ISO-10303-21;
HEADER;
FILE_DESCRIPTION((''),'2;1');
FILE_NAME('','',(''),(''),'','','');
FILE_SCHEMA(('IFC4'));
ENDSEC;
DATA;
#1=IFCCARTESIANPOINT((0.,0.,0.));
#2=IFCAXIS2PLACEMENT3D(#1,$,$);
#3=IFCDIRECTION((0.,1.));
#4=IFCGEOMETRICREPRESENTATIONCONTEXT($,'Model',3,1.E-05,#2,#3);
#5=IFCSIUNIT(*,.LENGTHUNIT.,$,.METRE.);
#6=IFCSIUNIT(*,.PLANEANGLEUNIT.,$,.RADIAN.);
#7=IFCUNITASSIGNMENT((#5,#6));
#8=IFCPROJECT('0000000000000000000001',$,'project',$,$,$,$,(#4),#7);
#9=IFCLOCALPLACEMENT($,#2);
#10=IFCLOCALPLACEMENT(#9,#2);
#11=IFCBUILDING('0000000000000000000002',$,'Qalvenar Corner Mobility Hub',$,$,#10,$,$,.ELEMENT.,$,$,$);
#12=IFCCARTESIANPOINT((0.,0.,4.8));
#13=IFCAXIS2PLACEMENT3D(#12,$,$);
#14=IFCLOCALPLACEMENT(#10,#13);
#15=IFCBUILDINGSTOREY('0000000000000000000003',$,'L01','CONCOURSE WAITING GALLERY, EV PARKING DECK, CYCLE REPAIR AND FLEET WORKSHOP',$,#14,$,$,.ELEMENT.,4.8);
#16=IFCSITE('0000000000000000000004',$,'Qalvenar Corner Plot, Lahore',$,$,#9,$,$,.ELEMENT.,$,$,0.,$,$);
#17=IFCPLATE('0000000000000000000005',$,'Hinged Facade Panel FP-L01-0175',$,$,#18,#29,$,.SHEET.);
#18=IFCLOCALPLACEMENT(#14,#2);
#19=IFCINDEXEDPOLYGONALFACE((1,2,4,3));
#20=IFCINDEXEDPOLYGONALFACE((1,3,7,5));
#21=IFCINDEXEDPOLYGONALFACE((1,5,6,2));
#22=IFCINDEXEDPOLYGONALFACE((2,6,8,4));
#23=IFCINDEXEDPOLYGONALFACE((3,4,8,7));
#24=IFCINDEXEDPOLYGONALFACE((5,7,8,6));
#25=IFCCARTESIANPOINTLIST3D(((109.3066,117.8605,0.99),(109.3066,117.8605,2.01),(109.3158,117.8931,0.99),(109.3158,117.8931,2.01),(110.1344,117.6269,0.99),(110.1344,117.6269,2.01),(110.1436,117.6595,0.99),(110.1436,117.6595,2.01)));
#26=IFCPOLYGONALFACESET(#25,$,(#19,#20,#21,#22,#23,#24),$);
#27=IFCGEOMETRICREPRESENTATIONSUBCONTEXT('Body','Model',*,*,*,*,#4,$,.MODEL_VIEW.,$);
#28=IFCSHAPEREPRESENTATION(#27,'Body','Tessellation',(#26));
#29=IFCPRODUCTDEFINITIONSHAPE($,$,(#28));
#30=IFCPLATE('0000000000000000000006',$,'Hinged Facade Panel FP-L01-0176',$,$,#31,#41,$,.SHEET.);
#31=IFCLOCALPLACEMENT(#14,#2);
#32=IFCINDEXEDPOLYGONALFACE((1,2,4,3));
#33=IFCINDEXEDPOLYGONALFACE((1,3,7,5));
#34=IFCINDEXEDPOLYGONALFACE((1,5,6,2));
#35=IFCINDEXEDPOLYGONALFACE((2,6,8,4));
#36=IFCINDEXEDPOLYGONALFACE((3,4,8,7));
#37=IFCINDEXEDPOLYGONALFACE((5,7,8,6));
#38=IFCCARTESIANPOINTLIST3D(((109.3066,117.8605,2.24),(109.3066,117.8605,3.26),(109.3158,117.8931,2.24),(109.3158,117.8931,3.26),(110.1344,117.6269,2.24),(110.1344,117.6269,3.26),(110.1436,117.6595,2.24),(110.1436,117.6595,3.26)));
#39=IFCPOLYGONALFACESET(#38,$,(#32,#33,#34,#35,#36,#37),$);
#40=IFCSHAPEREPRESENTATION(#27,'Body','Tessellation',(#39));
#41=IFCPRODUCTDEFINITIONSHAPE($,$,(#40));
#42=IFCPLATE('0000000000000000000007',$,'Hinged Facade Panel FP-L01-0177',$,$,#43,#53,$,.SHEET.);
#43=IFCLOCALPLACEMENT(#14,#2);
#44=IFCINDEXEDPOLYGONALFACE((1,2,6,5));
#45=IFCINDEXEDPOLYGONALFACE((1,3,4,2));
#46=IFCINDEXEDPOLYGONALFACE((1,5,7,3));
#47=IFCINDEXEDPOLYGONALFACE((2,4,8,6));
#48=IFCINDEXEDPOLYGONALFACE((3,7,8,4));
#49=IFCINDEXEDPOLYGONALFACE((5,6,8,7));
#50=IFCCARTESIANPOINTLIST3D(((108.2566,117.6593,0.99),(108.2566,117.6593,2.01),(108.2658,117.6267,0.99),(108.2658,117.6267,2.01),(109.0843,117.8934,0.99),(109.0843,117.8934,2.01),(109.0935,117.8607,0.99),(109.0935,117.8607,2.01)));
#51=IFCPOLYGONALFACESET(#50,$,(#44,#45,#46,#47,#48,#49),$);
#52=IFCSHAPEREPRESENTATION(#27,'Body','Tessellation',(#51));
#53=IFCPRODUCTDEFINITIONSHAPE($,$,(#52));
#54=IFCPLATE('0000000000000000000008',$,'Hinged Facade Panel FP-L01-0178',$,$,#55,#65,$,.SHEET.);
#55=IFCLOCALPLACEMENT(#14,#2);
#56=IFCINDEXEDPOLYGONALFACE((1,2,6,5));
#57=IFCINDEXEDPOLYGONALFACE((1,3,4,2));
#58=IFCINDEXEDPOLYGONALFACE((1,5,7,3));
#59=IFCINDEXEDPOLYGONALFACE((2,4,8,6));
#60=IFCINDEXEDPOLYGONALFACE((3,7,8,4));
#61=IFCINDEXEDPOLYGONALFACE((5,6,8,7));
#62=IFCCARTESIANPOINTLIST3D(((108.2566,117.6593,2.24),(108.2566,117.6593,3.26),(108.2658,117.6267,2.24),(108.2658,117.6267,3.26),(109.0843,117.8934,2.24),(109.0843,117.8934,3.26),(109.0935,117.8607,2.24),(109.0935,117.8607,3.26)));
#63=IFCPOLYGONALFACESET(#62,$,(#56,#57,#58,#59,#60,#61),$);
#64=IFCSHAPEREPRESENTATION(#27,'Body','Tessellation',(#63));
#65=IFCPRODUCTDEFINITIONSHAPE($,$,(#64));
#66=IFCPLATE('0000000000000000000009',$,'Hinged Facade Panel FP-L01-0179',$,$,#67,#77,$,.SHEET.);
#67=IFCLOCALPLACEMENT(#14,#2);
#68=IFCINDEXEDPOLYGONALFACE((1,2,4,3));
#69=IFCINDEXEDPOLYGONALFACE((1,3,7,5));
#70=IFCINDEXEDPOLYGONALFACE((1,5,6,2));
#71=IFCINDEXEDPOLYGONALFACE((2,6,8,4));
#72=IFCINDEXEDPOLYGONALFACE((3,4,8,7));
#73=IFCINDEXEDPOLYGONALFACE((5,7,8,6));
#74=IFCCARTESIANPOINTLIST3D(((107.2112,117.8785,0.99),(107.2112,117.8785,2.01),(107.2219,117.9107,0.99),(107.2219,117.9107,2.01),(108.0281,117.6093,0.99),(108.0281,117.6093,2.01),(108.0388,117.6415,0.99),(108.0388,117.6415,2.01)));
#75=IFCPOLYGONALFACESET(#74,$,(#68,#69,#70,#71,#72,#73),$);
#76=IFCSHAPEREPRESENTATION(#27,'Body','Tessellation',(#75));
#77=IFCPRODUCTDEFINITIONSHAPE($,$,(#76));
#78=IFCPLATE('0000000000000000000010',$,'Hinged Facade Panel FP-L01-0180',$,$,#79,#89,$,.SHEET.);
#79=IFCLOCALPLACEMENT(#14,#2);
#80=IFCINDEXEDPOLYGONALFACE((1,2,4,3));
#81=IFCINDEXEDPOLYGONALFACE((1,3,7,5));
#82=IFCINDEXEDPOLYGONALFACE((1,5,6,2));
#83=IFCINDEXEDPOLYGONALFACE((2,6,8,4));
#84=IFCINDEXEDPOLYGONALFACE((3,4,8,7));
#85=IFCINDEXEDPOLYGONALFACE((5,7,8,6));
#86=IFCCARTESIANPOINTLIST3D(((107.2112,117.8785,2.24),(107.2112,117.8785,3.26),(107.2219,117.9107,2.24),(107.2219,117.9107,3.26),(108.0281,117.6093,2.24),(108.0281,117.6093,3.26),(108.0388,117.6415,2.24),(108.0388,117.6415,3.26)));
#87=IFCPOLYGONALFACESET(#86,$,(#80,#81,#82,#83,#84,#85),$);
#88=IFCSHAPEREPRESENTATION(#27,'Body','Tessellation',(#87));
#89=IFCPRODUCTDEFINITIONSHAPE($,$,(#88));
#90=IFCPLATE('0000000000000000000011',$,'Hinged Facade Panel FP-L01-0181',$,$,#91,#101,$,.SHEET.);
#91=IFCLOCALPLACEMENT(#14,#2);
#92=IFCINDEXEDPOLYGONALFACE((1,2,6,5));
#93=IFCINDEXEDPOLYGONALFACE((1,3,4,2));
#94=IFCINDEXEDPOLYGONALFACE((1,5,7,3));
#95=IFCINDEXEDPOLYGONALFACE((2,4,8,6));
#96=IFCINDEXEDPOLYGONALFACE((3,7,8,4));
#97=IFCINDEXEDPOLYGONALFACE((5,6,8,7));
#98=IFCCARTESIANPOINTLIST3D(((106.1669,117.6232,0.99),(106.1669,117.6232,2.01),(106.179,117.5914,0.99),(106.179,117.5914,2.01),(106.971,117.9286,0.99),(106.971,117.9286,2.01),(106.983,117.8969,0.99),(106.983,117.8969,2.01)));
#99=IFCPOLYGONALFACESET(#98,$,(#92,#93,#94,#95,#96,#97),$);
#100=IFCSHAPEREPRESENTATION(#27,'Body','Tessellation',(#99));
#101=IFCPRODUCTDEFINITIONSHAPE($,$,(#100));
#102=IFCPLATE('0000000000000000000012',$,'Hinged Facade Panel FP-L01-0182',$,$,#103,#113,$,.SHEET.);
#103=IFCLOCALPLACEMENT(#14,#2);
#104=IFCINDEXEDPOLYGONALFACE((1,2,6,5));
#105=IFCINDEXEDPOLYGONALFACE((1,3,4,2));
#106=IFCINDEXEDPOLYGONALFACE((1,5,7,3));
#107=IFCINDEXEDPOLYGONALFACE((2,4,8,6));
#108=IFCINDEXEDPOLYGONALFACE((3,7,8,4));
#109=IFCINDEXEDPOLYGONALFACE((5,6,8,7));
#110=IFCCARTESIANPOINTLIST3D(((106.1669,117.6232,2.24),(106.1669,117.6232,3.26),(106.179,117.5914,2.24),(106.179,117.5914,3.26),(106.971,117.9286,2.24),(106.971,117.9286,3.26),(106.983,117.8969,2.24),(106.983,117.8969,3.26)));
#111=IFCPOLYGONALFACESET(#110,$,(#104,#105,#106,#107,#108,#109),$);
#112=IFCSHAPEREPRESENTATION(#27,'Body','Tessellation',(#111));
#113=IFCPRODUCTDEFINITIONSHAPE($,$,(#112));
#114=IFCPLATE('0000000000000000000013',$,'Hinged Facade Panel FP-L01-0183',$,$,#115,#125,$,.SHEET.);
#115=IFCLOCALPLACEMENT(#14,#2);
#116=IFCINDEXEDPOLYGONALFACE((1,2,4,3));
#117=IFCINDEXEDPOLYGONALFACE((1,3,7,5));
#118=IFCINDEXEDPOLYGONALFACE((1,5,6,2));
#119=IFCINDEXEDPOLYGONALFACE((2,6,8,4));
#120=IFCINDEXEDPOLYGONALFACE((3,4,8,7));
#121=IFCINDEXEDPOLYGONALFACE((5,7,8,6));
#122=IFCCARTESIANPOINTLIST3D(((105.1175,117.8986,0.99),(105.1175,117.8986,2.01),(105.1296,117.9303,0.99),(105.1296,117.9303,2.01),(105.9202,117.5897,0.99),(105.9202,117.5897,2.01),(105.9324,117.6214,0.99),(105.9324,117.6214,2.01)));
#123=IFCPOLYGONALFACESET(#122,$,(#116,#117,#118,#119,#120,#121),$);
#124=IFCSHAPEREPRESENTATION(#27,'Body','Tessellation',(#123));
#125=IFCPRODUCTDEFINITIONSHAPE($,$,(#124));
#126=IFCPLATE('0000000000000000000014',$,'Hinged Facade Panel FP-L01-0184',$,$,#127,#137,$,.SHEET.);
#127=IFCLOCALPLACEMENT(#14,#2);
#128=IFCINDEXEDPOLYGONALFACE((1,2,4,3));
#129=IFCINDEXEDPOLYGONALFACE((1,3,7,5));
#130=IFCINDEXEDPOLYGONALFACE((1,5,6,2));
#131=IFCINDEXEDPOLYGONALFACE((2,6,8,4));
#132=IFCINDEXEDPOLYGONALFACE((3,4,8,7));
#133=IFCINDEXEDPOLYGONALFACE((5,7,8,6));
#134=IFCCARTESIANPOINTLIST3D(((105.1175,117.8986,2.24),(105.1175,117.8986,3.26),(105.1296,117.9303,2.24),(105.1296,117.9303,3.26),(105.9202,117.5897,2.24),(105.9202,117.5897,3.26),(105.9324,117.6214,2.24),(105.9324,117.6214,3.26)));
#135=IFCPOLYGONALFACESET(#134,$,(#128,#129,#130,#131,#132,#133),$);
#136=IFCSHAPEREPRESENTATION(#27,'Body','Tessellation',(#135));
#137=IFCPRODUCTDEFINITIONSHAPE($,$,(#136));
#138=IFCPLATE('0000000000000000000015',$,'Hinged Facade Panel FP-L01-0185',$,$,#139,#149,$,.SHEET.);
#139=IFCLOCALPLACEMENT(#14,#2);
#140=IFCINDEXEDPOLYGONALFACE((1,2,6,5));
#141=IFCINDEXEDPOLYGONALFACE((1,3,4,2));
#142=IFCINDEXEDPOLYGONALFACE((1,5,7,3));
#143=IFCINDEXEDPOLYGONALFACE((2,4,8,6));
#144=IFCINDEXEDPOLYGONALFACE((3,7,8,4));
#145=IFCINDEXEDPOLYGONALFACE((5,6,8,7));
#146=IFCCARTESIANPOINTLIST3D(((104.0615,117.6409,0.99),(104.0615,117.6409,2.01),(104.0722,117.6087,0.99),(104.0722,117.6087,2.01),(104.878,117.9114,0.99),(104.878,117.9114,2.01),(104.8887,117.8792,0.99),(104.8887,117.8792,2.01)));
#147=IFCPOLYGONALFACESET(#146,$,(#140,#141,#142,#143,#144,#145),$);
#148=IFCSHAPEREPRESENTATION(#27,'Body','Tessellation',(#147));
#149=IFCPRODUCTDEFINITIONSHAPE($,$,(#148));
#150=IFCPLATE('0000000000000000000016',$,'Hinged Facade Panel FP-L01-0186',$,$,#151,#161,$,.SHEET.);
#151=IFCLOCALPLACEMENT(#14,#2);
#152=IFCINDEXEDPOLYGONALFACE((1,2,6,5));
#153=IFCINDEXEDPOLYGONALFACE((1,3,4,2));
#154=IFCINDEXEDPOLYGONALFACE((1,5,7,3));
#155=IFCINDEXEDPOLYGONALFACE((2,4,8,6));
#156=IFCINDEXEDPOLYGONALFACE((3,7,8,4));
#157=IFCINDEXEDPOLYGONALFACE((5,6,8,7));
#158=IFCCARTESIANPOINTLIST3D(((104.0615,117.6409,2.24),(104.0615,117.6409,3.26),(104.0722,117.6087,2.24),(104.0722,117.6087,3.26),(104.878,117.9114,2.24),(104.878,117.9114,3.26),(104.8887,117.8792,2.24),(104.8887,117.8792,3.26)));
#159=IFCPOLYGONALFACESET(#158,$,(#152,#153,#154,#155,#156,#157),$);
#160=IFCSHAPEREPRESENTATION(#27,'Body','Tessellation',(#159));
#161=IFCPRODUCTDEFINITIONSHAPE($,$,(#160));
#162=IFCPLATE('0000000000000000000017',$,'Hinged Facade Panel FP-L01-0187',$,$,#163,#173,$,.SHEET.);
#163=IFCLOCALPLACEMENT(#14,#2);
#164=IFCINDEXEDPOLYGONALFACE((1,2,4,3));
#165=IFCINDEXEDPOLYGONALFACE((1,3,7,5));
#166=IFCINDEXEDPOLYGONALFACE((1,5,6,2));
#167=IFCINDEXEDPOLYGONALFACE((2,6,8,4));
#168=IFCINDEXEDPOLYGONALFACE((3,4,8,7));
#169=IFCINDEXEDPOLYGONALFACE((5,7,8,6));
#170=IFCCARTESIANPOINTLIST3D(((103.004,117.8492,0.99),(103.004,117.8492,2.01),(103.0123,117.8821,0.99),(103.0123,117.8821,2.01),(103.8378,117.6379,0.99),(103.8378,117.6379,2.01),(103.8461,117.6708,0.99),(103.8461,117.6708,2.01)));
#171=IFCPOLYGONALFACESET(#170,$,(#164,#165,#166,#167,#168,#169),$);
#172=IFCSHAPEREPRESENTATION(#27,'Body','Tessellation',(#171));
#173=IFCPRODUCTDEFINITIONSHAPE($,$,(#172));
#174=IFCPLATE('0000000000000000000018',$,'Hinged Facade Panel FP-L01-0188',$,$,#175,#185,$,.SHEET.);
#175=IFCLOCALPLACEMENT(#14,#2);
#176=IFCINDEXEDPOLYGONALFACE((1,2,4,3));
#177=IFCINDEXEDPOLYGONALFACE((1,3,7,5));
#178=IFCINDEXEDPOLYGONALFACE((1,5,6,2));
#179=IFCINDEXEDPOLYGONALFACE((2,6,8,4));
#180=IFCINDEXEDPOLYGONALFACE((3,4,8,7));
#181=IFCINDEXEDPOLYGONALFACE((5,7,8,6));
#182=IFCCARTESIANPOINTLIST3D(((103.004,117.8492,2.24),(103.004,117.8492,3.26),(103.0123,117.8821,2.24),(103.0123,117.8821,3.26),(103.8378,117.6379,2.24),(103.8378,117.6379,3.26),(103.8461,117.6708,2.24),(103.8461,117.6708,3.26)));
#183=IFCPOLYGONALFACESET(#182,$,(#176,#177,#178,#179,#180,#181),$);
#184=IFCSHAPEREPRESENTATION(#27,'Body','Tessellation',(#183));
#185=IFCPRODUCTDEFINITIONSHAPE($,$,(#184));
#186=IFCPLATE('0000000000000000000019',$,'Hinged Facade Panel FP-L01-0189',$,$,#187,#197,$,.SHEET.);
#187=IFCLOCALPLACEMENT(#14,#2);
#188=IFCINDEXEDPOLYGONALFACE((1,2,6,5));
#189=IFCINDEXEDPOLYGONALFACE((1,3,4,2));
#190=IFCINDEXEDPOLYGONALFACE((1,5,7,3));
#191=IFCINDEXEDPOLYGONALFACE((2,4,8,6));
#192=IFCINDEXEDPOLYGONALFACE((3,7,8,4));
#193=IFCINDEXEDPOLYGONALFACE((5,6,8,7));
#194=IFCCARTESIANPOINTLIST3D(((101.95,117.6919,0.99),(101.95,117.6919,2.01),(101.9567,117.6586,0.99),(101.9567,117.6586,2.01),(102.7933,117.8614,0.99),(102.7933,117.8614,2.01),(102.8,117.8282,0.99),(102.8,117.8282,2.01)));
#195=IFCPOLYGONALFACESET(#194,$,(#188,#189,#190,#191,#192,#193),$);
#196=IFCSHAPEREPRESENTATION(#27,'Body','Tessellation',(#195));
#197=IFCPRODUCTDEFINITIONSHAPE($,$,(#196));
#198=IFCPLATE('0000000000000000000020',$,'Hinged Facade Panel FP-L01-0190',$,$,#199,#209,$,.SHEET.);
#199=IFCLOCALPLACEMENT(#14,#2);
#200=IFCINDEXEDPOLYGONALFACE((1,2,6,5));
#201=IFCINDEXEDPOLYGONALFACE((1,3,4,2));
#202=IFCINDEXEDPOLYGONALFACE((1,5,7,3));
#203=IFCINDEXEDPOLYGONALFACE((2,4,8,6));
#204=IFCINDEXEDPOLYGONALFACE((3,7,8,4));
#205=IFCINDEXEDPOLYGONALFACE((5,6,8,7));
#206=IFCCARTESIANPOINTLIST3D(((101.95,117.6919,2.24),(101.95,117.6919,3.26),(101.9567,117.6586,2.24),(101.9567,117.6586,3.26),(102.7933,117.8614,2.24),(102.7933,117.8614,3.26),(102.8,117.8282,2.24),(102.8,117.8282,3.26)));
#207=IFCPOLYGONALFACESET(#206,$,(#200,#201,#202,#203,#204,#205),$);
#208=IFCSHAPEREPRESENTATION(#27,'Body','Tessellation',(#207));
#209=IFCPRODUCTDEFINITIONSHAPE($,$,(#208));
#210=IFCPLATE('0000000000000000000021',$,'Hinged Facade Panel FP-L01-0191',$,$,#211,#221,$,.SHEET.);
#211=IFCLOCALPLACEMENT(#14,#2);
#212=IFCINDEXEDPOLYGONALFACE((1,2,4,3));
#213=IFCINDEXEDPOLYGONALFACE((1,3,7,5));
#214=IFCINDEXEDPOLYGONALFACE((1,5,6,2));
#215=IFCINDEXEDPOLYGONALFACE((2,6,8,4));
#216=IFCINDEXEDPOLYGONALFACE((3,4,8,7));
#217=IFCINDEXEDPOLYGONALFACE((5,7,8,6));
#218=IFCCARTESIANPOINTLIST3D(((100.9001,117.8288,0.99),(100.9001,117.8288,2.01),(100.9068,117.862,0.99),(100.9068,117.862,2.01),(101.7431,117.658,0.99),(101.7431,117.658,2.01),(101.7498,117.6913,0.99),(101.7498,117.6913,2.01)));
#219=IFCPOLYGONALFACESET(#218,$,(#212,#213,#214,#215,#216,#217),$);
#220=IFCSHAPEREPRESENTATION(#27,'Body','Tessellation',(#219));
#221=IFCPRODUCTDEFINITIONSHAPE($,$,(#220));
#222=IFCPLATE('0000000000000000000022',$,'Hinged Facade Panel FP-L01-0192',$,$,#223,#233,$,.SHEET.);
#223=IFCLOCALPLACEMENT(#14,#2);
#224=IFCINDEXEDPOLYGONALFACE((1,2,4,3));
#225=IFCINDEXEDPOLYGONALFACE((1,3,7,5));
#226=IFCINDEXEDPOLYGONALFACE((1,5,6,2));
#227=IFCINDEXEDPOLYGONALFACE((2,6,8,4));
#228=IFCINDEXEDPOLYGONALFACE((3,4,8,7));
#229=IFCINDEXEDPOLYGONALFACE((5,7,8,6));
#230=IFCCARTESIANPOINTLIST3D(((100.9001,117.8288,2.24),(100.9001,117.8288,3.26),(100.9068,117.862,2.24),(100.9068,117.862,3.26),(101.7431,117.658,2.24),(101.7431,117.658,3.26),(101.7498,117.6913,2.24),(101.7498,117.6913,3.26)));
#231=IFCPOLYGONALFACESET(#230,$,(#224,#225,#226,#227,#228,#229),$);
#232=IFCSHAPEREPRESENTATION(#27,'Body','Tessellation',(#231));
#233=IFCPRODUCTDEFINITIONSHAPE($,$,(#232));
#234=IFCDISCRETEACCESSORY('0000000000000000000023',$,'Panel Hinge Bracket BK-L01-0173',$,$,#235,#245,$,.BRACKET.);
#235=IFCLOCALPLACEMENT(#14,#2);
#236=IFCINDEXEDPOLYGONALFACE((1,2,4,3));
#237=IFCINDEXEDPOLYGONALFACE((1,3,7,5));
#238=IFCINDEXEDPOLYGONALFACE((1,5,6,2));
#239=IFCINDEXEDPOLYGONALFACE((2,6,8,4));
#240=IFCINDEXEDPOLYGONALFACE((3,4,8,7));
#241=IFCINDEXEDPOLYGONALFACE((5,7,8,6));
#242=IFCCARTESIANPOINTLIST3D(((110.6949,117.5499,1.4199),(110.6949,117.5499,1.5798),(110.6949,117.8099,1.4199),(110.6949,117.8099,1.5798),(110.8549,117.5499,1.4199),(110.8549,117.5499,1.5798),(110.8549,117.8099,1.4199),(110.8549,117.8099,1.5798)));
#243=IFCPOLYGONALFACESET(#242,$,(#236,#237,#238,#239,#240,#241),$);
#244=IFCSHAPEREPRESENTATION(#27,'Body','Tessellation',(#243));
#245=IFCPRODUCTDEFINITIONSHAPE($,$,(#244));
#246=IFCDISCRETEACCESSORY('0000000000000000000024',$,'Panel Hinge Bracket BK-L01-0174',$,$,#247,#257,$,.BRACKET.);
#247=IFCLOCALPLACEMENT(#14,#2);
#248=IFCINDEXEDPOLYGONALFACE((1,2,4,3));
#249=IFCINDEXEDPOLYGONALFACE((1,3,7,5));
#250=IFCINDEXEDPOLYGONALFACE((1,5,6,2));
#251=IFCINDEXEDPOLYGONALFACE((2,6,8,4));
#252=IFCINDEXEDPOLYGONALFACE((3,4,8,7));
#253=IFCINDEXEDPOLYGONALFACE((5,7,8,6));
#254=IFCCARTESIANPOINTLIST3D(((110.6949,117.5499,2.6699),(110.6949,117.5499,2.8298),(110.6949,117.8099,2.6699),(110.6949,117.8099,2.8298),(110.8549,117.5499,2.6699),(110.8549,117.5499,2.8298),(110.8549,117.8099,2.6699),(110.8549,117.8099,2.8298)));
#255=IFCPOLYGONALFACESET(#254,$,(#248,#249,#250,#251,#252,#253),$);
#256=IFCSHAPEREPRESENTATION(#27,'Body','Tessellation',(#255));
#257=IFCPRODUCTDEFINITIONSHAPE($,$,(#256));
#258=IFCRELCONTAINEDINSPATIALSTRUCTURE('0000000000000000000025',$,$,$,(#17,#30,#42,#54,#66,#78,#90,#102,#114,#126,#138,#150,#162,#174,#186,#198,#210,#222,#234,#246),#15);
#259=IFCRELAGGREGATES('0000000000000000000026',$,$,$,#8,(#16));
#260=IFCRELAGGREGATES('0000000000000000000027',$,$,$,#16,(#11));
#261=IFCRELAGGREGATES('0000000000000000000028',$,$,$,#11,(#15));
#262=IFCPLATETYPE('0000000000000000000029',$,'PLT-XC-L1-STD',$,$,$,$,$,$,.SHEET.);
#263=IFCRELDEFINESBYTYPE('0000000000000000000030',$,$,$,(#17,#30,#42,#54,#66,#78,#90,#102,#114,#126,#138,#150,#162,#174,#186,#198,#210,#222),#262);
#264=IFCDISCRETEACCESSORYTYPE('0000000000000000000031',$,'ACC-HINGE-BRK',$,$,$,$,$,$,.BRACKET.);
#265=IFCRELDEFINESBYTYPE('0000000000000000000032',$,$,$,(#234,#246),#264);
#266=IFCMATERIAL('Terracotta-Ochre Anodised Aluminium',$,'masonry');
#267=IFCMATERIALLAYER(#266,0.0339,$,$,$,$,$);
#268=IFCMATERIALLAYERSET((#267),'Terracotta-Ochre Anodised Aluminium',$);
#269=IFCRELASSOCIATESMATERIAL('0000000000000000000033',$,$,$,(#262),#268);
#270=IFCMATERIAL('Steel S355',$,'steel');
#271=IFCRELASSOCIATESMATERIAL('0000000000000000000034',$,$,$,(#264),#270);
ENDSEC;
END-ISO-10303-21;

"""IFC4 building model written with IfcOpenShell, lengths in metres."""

from ifc_helpers import new_model, si_unit, direction, frame, origin, origin_2d, place, context, subcontext, project, spatial, rectangle, extrude, material, layer, layer_set, type_object, element, save


model = new_model("IFC4")

# Units and contexts
model_context = context("Model", 3, precision=1e-05, world=origin(), true_north=direction((0.0, 1.0)))
body_context = subcontext(model_context, "Body", "Model", "MODEL_VIEW")
ifc_project = project(units=[si_unit("LENGTHUNIT", "METRE"), si_unit("PLANEANGLEUNIT", "RADIAN")], contexts=[model_context])

# Site, building, storey
site_placement = place(None, origin())
site = spatial("IfcSite", under=ifc_project, at=site_placement, Name="Qalvenar Corner Plot, Lahore", CompositionType="ELEMENT", RefElevation=0.0)
building_placement = place(site_placement, origin())
building = spatial("IfcBuilding", under=site, at=building_placement, Name="Qalvenar Corner Mobility Hub", CompositionType="ELEMENT")
storey_placement = place(building_placement, frame((0.0, 0.0, 4.8)))
storey = spatial("IfcBuildingStorey", under=building, at=storey_placement, Name="L01", Description="CONCOURSE WAITING GALLERY, EV PARKING DECK, CYCLE REPAIR AND FLEET WORKSHOP", CompositionType="ELEMENT", Elevation=4.8)

# Plates
ifc_material_1 = material(Name="Terracotta-Ochre Anodised Aluminium", Category="masonry")
ifc_layer = layer(ifc_material_1, 0.0339)
ifc_layer_set = layer_set([ifc_layer], Name="Terracotta-Ochre Anodised Aluminium")
plate_type = type_object("IfcPlateType", Name="PLT-XC-L1-STD", PredefinedType="SHEET", material=ifc_layer_set)
for number, where, z_axis, x_axis, name in (
    (1, (109.7251, 117.76, 0.99), (0.0, 0.0, 1.0), (-0.962408, 0.271608, 0.0), "Hinged Facade Panel FP-L01-0175"),
    (2, (109.7251, 117.76, 2.24), (0.0, 0.0, 1.0), (-0.962408, 0.271608, 0.0), "Hinged Facade Panel FP-L01-0176"),
    (3, (108.675, 117.76, 0.99), (0.0, 0.0, 1.0), (-0.962266, -0.272112, 0.0), "Hinged Facade Panel FP-L01-0177"),
    (4, (108.675, 117.76, 2.24), (0.0, 0.0, 1.0), (-0.962266, -0.272112, 0.0), "Hinged Facade Panel FP-L01-0178"),
    (5, (107.625, 117.76, 0.99), (0.0, 0.0, 1.0), (-0.949754, 0.312998, 0.0), "Hinged Facade Panel FP-L01-0179"),
    (6, (107.625, 117.76, 2.24), (0.0, 0.0, 1.0), (-0.949754, 0.312998, 0.0), "Hinged Facade Panel FP-L01-0180"),
    (7, (106.575, 117.76, 0.99), (0.0, 0.0, 1.0), (-0.934826, -0.355107, 0.0), "Hinged Facade Panel FP-L01-0181"),
    (8, (106.575, 117.76, 2.24), (0.0, 0.0, 1.0), (-0.934826, -0.355107, 0.0), "Hinged Facade Panel FP-L01-0182"),
    (9, (105.5249, 117.76, 0.99), (0.0, 0.0, 1.0), (-0.933267, 0.359183, 0.0), "Hinged Facade Panel FP-L01-0183"),
    (10, (105.5249, 117.76, 2.24), (0.0, 0.0, 1.0), (-0.933267, 0.359183, 0.0), "Hinged Facade Panel FP-L01-0184"),
    (11, (104.4751, 117.76, 0.99), (0.0, 0.0, 1.0), (-0.949261, -0.31449, 0.0), "Hinged Facade Panel FP-L01-0185"),
    (12, (104.4751, 117.76, 2.24), (0.0, 0.0, 1.0), (-0.949261, -0.31449, 0.0), "Hinged Facade Panel FP-L01-0186"),
    (13, (103.425, 117.76, 0.99), (0.0, 0.0, 1.0), (-0.96936, 0.245646, 0.0), "Hinged Facade Panel FP-L01-0187"),
    (14, (103.425, 117.76, 2.24), (0.0, 0.0, 1.0), (-0.96936, 0.245646, 0.0), "Hinged Facade Panel FP-L01-0188"),
    (15, (102.375, 117.76, 0.99), (0.0, 0.0, 1.0), (-0.980375, -0.197144, 0.0), "Hinged Facade Panel FP-L01-0189"),
    (16, (102.375, 117.76, 2.24), (0.0, 0.0, 1.0), (-0.980375, -0.197144, 0.0), "Hinged Facade Panel FP-L01-0190"),
    (17, (101.325, 117.76, 0.99), (0.0, 0.0, 1.0), (-0.980098, 0.198513, 0.0), "Hinged Facade Panel FP-L01-0191"),
    (18, (101.325, 117.76, 2.24), (0.0, 0.0, 1.0), (-0.980098, 0.198513, 0.0), "Hinged Facade Panel FP-L01-0192"),
):
    element("IfcPlate", number, at=place(storey_placement, frame(where, z_axis=z_axis, x_axis=x_axis)), inside=storey, type_object=plate_type, Name=name, PredefinedType="SHEET", context=body_context, shape_type="SweptSolid", body=[
        extrude(rectangle(XDim=0.8601, YDim=0.0339, at=origin_2d()), origin(), (0.0, 0.0, 1.0), 1.02),
    ])

# Discrete accessories
ifc_material_2 = material(Name="Steel S355", Category="steel")
discrete_accessory_type = type_object("IfcDiscreteAccessoryType", Name="ACC-HINGE-BRK", PredefinedType="BRACKET", material=ifc_material_2)
for number, where, z_axis, x_axis, name in (
    (19, (110.7749, 117.6799, 1.4199), (0.0, 0.0, 1.0), (-1.0, 0.0, 0.0), "Panel Hinge Bracket BK-L01-0173"),
    (20, (110.7749, 117.6799, 2.6699), (0.0, 0.0, 1.0), (-1.0, 0.0, 0.0), "Panel Hinge Bracket BK-L01-0174"),
):
    element("IfcDiscreteAccessory", number, at=place(storey_placement, frame(where, z_axis=z_axis, x_axis=x_axis)), inside=storey, type_object=discrete_accessory_type, Name=name, PredefinedType="BRACKET", context=body_context, shape_type="SweptSolid", body=[
        extrude(rectangle(XDim=0.1599, YDim=0.26, at=origin_2d()), origin(), (0.0, 0.0, 1.0), 0.1599),
    ])

save(model, "model.ifc")
